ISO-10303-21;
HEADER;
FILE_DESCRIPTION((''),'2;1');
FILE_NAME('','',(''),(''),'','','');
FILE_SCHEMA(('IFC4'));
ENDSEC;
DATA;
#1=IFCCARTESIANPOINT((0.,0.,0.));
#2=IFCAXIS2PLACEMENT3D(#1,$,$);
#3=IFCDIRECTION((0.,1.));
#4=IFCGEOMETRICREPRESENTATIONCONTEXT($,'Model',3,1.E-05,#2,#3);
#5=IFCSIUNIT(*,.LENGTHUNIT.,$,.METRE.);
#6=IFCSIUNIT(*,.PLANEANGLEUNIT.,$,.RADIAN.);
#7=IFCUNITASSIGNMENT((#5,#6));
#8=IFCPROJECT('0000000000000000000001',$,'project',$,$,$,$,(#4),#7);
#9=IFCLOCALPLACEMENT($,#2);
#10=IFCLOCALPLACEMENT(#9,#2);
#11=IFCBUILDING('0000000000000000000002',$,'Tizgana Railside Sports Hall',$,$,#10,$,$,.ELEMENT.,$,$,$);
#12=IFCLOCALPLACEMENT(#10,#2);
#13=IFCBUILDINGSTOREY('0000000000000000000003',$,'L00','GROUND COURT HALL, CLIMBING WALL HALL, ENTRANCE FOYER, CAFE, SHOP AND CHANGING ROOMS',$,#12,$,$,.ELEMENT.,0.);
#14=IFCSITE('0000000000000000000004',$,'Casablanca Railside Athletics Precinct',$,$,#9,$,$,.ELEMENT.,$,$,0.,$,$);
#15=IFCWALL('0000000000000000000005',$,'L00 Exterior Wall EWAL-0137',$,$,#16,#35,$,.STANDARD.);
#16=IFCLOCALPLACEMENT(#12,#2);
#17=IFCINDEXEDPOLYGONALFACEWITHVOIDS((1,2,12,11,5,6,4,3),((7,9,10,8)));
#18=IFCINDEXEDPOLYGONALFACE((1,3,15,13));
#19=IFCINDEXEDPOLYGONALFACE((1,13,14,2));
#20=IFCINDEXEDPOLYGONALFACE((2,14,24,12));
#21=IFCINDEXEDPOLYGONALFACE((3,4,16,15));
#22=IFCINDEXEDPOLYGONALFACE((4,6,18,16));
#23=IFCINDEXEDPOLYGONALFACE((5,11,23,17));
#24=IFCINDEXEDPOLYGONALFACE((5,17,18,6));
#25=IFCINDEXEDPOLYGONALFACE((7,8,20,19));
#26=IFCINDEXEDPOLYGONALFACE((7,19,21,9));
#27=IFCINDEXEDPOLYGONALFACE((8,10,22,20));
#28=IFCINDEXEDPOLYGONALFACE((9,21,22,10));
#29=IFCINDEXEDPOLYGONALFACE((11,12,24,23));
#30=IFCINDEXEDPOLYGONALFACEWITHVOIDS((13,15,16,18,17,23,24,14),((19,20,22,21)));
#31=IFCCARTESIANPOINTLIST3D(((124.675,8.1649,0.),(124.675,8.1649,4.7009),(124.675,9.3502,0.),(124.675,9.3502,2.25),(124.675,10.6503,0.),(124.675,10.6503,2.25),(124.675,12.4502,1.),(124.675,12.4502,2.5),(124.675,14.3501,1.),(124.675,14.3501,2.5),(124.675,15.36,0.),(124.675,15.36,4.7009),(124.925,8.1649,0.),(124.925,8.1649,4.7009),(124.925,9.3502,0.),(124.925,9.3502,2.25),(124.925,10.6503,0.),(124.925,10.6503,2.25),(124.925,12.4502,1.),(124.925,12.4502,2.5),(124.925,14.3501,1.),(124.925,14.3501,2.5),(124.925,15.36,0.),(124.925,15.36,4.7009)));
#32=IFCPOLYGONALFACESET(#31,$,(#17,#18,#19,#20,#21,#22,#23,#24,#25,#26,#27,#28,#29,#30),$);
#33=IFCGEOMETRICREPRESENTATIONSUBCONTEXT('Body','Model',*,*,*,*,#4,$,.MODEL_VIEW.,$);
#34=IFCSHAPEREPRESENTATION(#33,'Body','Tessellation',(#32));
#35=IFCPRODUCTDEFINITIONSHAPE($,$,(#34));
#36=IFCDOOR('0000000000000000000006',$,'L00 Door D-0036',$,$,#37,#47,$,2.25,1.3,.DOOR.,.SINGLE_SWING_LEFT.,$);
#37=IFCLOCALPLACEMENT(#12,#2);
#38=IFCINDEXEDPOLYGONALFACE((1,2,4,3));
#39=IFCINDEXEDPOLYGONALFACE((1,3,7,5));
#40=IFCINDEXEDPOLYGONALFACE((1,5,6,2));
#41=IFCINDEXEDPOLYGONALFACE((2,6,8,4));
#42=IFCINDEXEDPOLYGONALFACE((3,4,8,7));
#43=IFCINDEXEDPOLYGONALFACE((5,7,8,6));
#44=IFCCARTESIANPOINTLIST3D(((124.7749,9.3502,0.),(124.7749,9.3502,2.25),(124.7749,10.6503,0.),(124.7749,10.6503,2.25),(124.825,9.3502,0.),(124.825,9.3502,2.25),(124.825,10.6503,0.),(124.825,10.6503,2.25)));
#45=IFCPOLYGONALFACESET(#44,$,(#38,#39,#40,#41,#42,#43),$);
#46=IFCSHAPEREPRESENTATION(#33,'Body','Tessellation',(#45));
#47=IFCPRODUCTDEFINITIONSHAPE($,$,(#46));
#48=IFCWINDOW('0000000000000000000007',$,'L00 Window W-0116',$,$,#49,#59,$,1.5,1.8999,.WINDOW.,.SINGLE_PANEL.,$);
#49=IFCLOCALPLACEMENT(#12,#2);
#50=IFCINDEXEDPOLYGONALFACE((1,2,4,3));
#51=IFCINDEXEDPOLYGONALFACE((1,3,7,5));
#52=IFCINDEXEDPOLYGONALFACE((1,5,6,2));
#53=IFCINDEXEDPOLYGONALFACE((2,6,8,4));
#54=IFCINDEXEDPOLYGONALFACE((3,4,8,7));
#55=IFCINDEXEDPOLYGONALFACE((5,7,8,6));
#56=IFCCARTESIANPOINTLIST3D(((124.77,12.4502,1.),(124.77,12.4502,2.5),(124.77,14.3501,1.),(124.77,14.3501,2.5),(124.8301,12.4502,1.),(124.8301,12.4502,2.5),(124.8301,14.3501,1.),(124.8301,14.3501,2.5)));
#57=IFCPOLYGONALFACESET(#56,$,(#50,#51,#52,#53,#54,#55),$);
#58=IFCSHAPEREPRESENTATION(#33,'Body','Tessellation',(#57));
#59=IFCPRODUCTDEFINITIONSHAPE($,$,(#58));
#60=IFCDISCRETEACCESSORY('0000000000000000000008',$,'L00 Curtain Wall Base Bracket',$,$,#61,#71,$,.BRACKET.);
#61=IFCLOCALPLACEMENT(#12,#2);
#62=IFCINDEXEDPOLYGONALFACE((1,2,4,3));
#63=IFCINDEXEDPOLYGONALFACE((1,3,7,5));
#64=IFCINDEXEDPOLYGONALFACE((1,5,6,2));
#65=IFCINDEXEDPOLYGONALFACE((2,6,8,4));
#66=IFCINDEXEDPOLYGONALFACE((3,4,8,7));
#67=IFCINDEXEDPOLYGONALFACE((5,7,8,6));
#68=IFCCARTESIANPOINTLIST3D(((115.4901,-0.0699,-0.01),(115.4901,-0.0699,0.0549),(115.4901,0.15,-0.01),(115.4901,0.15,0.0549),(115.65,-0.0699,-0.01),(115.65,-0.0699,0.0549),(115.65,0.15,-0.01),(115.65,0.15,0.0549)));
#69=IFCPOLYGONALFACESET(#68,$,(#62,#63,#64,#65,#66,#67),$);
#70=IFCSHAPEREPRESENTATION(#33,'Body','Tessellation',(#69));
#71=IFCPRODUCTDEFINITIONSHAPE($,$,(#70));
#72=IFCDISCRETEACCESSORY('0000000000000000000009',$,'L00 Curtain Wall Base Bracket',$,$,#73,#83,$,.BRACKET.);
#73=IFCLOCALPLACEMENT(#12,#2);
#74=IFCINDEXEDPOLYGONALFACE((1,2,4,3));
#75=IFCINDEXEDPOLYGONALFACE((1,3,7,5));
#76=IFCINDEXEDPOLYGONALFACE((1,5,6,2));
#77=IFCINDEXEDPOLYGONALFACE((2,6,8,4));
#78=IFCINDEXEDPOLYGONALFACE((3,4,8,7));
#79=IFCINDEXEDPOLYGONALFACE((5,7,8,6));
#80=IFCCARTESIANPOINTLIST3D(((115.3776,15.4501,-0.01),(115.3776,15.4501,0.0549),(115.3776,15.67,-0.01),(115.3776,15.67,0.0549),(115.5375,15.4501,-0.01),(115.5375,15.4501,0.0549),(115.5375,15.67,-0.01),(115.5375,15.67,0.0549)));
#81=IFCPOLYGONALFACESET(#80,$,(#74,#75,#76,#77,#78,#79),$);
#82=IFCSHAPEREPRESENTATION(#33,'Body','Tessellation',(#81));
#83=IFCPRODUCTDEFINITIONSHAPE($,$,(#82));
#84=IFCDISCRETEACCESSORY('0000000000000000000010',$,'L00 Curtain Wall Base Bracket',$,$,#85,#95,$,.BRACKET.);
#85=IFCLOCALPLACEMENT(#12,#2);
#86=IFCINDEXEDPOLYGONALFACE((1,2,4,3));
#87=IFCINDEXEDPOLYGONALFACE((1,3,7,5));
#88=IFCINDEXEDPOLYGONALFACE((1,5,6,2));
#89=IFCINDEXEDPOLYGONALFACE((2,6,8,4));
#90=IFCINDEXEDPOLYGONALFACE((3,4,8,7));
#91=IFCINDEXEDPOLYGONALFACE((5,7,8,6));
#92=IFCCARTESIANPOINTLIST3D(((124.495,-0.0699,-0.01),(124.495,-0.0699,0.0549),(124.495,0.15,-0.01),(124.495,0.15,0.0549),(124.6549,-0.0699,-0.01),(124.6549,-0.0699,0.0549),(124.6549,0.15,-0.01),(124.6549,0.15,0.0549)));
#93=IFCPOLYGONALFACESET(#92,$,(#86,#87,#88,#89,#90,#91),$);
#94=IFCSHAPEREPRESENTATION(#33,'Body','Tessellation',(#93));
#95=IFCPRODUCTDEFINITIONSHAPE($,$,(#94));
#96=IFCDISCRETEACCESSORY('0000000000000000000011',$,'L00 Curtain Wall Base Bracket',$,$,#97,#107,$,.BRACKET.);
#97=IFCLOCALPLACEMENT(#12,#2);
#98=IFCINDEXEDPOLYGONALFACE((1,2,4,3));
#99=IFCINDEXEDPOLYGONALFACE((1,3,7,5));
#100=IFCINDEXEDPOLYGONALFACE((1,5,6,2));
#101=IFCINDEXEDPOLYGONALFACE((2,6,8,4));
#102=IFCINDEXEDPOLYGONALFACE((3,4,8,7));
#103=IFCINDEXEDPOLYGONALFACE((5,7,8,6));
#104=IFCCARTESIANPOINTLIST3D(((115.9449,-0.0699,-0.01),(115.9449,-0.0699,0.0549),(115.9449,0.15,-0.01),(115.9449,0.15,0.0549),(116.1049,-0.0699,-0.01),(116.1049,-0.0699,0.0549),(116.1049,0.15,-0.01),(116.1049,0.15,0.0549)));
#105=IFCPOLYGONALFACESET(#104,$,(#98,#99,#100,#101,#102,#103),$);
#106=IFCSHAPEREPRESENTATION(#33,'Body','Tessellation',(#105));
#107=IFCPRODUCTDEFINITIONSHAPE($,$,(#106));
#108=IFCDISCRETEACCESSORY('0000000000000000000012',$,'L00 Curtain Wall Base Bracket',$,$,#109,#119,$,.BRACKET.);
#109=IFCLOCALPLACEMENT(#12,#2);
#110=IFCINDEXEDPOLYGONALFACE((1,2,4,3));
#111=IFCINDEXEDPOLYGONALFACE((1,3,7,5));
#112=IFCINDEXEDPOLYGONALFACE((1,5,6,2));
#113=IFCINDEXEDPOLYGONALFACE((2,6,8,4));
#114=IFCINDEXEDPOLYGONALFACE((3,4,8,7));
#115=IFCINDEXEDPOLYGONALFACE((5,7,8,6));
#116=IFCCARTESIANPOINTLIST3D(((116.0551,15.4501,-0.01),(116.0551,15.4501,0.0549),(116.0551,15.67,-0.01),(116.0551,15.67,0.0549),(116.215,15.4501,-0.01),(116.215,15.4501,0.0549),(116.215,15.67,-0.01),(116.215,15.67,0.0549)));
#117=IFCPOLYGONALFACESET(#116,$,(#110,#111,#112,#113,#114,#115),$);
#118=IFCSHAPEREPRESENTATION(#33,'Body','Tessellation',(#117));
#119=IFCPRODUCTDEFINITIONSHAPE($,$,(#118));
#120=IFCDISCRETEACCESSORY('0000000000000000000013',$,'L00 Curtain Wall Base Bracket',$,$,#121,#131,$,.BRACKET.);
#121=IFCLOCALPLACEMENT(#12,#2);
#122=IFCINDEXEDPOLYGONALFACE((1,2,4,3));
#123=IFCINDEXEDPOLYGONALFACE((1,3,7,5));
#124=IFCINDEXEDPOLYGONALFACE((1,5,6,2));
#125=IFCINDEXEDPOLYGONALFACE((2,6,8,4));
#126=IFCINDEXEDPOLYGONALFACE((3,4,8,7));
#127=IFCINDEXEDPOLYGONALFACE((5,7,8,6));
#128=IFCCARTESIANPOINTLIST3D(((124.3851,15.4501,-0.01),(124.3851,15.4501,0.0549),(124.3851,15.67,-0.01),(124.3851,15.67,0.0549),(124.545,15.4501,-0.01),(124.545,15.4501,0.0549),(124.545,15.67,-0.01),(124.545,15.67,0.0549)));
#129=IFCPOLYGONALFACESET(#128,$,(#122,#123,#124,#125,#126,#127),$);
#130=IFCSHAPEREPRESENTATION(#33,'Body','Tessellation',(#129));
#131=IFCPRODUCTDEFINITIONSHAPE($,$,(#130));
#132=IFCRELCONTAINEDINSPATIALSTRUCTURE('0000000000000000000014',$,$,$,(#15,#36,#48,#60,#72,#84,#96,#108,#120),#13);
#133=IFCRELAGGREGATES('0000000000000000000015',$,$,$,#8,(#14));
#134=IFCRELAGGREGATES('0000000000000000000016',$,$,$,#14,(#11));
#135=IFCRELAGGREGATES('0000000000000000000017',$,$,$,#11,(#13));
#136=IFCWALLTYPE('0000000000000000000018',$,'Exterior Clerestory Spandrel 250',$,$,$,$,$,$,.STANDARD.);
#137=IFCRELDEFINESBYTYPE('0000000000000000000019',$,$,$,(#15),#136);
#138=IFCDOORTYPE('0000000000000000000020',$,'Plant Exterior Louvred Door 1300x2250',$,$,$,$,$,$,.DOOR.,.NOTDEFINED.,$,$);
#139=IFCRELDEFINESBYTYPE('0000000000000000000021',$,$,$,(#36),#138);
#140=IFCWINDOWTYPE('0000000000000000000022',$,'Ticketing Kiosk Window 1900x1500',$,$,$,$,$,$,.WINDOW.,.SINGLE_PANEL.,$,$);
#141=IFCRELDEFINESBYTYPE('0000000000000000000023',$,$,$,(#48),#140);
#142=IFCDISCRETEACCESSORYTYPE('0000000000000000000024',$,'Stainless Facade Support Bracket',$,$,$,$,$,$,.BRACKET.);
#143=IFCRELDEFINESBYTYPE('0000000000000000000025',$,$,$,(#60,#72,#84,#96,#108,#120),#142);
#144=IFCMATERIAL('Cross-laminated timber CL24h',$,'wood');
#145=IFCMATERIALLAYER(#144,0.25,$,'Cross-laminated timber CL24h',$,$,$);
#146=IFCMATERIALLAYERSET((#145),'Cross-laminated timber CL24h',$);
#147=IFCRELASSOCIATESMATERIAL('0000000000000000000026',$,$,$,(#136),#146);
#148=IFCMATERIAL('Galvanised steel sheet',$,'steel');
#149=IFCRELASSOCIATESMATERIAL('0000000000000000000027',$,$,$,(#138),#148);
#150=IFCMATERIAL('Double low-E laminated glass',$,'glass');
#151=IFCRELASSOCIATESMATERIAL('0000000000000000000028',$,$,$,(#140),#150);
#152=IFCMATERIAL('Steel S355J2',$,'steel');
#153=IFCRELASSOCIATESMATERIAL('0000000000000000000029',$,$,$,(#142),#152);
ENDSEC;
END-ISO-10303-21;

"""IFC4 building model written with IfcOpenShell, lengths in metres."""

from ifc_helpers import new_model, si_unit, direction, frame, frame_2d, origin, origin_2d, place, context, subcontext, project, spatial, rectangle, extrude, material, layer, layer_set, type_object, element, fill, save


model = new_model("IFC4")

# Units and contexts
model_context = context("Model", 3, precision=1e-05, world=origin(), true_north=direction((0.0, 1.0)))
body_context = subcontext(model_context, "Body", "Model", "MODEL_VIEW")
ifc_project = project(units=[si_unit("LENGTHUNIT", "METRE"), si_unit("PLANEANGLEUNIT", "RADIAN")], contexts=[model_context])

# Site, building, storey
site_placement = place(None, origin())
site = spatial("IfcSite", under=ifc_project, at=site_placement, Name="Casablanca Railside Athletics Precinct", CompositionType="ELEMENT", RefElevation=0.0)
building_placement = place(site_placement, origin())
building = spatial("IfcBuilding", under=site, at=building_placement, Name="Tizgana Railside Sports Hall", CompositionType="ELEMENT")
storey_placement = place(building_placement, origin())
storey = spatial("IfcBuildingStorey", under=building, at=storey_placement, Name="L00", Description="GROUND COURT HALL, CLIMBING WALL HALL, ENTRANCE FOYER, CAFE, SHOP AND CHANGING ROOMS", CompositionType="ELEMENT", Elevation=0.0)

# Shared definitions
ifc_material_1 = material(Name="Steel S355J2", Category="steel")

# Shared definitions
ifc_material_2 = material(Name="Double low-E laminated glass", Category="glass")

# Shared definitions
ifc_material_3 = material(Name="Cross-laminated timber CL24h", Category="wood")
ifc_layer_1 = layer(ifc_material_3, 0.25, Name="Cross-laminated timber CL24h")
ifc_layer_set_1 = layer_set([ifc_layer_1], Name="Cross-laminated timber CL24h")
wall_type = type_object("IfcWallType", Name="Exterior Clerestory Spandrel 250", PredefinedType="STANDARD", material=ifc_layer_set_1)

# Wall, openings, door, window
wall_1_placement = place(storey_placement, frame((124.8, 15.3601, 0.0), z_axis=(0.0, 0.0, 1.0), x_axis=(0.0, -1.0, 0.0)))
wall_1 = element("IfcWall", 1, at=wall_1_placement, inside=storey, type_object=wall_type, Name="L00 Exterior Wall EWAL-0137", PredefinedType="STANDARD", context=body_context, shape_type="SweptSolid", body=[
    extrude(rectangle(XDim=7.1951, YDim=0.25, at=frame_2d((3.5977, 0.0))), origin(), (0.0, 0.0, 1.0), 4.7009),
])
opening_1_placement = place(wall_1_placement, frame((4.71, 0.0, 0.0)))
opening_1 = element("IfcOpeningElement", 2, at=opening_1_placement, cuts=wall_1, PredefinedType="OPENING", context=body_context, shape_type="SweptSolid", body=[
    extrude(rectangle(XDim=1.3, YDim=2.25, at=frame_2d((0.6499, 1.125))), frame((0.0, 0.135, 0.0), z_axis=(0.0, -1.0, 0.0), x_axis=(1.0, 0.0, 0.0)), (0.0, 0.0, 1.0), 0.27),
])
opening_2_placement = place(wall_1_placement, frame((1.01, 0.0, 1.0)))
opening_2 = element("IfcOpeningElement", 3, at=opening_2_placement, cuts=wall_1, PredefinedType="OPENING", context=body_context, shape_type="SweptSolid", body=[
    extrude(rectangle(XDim=1.8999, YDim=1.5, at=frame_2d((0.95, 0.75))), frame((0.0, 0.135, 0.0), z_axis=(0.0, -1.0, 0.0), x_axis=(1.0, 0.0, 0.0)), (0.0, 0.0, 1.0), 0.27),
])
ifc_material_4 = material(Name="Galvanised steel sheet", Category="steel")
door_type_1 = type_object("IfcDoorType", Name="Plant Exterior Louvred Door 1300x2250", OperationType="NOTDEFINED", PredefinedType="DOOR", material=ifc_material_4)
door_1_placement = place(opening_1_placement, origin())
door_1 = element("IfcDoor", 4, at=door_1_placement, inside=storey, type_object=door_type_1, Name="L00 Door D-0036", OperationType="SINGLE_SWING_LEFT", OverallHeight=2.25, OverallWidth=1.3, PredefinedType="DOOR", context=body_context, shape_type="SweptSolid", body=[
    extrude(rectangle(XDim=1.3, YDim=2.25, at=frame_2d((0.6499, 1.125))), frame((0.0, 0.0249, 0.0), z_axis=(0.0, -1.0, 0.0), x_axis=(1.0, 0.0, 0.0)), (0.0, 0.0, 1.0), 0.05),
])
fill(opening_1, door_1)
window_type_1 = type_object("IfcWindowType", Name="Ticketing Kiosk Window 1900x1500", PartitioningType="SINGLE_PANEL", PredefinedType="WINDOW", material=ifc_material_2)
window_1_placement = place(opening_2_placement, origin())
window_1 = element("IfcWindow", 5, at=window_1_placement, inside=storey, type_object=window_type_1, Name="L00 Window W-0116", OverallHeight=1.5, OverallWidth=1.8999, PartitioningType="SINGLE_PANEL", PredefinedType="WINDOW", context=body_context, shape_type="SweptSolid", body=[
    extrude(rectangle(XDim=1.8999, YDim=1.5, at=frame_2d((0.95, 0.75))), frame((0.0, 0.03, 0.0), z_axis=(0.0, -1.0, 0.0), x_axis=(1.0, 0.0, 0.0)), (0.0, 0.0, 1.0), 0.0601),
])
fill(opening_2, window_1)

# Discrete accessories
discrete_accessory_type = type_object("IfcDiscreteAccessoryType", Name="Stainless Facade Support Bracket", PredefinedType="BRACKET", material=ifc_material_1)
for number, where, z_axis, x_axis, name in (
    (6, (115.5701, 0.04, -0.01), (0.0, 0.0, 1.0), (-1.0, 0.0, 0.0), "L00 Curtain Wall Base Bracket"),
    (7, (115.4575, 15.5601, -0.01), (0.0, 0.0, 1.0), (1.0, 0.0, 0.0), "L00 Curtain Wall Base Bracket"),
    (8, (124.575, 0.04, -0.01), (0.0, 0.0, 1.0), (-1.0, 0.0, 0.0), "L00 Curtain Wall Base Bracket"),
    (9, (116.0249, 0.04, -0.01), (0.0, 0.0, 1.0), (-1.0, 0.0, 0.0), "L00 Curtain Wall Base Bracket"),
    (10, (116.135, 15.5601, -0.01), (0.0, 0.0, 1.0), (1.0, 0.0, 0.0), "L00 Curtain Wall Base Bracket"),
    (11, (124.4651, 15.5601, -0.01), (0.0, 0.0, 1.0), (1.0, 0.0, 0.0), "L00 Curtain Wall Base Bracket"),
):
    element("IfcDiscreteAccessory", number, at=place(storey_placement, frame(where, z_axis=z_axis, x_axis=x_axis)), inside=storey, type_object=discrete_accessory_type, Name=name, PredefinedType="BRACKET", context=body_context, shape_type="SweptSolid", body=[
        extrude(rectangle(XDim=0.1599, YDim=0.22, at=origin_2d()), origin(), (0.0, 0.0, 1.0), 0.0649),
    ])

save(model, "model.ifc")
